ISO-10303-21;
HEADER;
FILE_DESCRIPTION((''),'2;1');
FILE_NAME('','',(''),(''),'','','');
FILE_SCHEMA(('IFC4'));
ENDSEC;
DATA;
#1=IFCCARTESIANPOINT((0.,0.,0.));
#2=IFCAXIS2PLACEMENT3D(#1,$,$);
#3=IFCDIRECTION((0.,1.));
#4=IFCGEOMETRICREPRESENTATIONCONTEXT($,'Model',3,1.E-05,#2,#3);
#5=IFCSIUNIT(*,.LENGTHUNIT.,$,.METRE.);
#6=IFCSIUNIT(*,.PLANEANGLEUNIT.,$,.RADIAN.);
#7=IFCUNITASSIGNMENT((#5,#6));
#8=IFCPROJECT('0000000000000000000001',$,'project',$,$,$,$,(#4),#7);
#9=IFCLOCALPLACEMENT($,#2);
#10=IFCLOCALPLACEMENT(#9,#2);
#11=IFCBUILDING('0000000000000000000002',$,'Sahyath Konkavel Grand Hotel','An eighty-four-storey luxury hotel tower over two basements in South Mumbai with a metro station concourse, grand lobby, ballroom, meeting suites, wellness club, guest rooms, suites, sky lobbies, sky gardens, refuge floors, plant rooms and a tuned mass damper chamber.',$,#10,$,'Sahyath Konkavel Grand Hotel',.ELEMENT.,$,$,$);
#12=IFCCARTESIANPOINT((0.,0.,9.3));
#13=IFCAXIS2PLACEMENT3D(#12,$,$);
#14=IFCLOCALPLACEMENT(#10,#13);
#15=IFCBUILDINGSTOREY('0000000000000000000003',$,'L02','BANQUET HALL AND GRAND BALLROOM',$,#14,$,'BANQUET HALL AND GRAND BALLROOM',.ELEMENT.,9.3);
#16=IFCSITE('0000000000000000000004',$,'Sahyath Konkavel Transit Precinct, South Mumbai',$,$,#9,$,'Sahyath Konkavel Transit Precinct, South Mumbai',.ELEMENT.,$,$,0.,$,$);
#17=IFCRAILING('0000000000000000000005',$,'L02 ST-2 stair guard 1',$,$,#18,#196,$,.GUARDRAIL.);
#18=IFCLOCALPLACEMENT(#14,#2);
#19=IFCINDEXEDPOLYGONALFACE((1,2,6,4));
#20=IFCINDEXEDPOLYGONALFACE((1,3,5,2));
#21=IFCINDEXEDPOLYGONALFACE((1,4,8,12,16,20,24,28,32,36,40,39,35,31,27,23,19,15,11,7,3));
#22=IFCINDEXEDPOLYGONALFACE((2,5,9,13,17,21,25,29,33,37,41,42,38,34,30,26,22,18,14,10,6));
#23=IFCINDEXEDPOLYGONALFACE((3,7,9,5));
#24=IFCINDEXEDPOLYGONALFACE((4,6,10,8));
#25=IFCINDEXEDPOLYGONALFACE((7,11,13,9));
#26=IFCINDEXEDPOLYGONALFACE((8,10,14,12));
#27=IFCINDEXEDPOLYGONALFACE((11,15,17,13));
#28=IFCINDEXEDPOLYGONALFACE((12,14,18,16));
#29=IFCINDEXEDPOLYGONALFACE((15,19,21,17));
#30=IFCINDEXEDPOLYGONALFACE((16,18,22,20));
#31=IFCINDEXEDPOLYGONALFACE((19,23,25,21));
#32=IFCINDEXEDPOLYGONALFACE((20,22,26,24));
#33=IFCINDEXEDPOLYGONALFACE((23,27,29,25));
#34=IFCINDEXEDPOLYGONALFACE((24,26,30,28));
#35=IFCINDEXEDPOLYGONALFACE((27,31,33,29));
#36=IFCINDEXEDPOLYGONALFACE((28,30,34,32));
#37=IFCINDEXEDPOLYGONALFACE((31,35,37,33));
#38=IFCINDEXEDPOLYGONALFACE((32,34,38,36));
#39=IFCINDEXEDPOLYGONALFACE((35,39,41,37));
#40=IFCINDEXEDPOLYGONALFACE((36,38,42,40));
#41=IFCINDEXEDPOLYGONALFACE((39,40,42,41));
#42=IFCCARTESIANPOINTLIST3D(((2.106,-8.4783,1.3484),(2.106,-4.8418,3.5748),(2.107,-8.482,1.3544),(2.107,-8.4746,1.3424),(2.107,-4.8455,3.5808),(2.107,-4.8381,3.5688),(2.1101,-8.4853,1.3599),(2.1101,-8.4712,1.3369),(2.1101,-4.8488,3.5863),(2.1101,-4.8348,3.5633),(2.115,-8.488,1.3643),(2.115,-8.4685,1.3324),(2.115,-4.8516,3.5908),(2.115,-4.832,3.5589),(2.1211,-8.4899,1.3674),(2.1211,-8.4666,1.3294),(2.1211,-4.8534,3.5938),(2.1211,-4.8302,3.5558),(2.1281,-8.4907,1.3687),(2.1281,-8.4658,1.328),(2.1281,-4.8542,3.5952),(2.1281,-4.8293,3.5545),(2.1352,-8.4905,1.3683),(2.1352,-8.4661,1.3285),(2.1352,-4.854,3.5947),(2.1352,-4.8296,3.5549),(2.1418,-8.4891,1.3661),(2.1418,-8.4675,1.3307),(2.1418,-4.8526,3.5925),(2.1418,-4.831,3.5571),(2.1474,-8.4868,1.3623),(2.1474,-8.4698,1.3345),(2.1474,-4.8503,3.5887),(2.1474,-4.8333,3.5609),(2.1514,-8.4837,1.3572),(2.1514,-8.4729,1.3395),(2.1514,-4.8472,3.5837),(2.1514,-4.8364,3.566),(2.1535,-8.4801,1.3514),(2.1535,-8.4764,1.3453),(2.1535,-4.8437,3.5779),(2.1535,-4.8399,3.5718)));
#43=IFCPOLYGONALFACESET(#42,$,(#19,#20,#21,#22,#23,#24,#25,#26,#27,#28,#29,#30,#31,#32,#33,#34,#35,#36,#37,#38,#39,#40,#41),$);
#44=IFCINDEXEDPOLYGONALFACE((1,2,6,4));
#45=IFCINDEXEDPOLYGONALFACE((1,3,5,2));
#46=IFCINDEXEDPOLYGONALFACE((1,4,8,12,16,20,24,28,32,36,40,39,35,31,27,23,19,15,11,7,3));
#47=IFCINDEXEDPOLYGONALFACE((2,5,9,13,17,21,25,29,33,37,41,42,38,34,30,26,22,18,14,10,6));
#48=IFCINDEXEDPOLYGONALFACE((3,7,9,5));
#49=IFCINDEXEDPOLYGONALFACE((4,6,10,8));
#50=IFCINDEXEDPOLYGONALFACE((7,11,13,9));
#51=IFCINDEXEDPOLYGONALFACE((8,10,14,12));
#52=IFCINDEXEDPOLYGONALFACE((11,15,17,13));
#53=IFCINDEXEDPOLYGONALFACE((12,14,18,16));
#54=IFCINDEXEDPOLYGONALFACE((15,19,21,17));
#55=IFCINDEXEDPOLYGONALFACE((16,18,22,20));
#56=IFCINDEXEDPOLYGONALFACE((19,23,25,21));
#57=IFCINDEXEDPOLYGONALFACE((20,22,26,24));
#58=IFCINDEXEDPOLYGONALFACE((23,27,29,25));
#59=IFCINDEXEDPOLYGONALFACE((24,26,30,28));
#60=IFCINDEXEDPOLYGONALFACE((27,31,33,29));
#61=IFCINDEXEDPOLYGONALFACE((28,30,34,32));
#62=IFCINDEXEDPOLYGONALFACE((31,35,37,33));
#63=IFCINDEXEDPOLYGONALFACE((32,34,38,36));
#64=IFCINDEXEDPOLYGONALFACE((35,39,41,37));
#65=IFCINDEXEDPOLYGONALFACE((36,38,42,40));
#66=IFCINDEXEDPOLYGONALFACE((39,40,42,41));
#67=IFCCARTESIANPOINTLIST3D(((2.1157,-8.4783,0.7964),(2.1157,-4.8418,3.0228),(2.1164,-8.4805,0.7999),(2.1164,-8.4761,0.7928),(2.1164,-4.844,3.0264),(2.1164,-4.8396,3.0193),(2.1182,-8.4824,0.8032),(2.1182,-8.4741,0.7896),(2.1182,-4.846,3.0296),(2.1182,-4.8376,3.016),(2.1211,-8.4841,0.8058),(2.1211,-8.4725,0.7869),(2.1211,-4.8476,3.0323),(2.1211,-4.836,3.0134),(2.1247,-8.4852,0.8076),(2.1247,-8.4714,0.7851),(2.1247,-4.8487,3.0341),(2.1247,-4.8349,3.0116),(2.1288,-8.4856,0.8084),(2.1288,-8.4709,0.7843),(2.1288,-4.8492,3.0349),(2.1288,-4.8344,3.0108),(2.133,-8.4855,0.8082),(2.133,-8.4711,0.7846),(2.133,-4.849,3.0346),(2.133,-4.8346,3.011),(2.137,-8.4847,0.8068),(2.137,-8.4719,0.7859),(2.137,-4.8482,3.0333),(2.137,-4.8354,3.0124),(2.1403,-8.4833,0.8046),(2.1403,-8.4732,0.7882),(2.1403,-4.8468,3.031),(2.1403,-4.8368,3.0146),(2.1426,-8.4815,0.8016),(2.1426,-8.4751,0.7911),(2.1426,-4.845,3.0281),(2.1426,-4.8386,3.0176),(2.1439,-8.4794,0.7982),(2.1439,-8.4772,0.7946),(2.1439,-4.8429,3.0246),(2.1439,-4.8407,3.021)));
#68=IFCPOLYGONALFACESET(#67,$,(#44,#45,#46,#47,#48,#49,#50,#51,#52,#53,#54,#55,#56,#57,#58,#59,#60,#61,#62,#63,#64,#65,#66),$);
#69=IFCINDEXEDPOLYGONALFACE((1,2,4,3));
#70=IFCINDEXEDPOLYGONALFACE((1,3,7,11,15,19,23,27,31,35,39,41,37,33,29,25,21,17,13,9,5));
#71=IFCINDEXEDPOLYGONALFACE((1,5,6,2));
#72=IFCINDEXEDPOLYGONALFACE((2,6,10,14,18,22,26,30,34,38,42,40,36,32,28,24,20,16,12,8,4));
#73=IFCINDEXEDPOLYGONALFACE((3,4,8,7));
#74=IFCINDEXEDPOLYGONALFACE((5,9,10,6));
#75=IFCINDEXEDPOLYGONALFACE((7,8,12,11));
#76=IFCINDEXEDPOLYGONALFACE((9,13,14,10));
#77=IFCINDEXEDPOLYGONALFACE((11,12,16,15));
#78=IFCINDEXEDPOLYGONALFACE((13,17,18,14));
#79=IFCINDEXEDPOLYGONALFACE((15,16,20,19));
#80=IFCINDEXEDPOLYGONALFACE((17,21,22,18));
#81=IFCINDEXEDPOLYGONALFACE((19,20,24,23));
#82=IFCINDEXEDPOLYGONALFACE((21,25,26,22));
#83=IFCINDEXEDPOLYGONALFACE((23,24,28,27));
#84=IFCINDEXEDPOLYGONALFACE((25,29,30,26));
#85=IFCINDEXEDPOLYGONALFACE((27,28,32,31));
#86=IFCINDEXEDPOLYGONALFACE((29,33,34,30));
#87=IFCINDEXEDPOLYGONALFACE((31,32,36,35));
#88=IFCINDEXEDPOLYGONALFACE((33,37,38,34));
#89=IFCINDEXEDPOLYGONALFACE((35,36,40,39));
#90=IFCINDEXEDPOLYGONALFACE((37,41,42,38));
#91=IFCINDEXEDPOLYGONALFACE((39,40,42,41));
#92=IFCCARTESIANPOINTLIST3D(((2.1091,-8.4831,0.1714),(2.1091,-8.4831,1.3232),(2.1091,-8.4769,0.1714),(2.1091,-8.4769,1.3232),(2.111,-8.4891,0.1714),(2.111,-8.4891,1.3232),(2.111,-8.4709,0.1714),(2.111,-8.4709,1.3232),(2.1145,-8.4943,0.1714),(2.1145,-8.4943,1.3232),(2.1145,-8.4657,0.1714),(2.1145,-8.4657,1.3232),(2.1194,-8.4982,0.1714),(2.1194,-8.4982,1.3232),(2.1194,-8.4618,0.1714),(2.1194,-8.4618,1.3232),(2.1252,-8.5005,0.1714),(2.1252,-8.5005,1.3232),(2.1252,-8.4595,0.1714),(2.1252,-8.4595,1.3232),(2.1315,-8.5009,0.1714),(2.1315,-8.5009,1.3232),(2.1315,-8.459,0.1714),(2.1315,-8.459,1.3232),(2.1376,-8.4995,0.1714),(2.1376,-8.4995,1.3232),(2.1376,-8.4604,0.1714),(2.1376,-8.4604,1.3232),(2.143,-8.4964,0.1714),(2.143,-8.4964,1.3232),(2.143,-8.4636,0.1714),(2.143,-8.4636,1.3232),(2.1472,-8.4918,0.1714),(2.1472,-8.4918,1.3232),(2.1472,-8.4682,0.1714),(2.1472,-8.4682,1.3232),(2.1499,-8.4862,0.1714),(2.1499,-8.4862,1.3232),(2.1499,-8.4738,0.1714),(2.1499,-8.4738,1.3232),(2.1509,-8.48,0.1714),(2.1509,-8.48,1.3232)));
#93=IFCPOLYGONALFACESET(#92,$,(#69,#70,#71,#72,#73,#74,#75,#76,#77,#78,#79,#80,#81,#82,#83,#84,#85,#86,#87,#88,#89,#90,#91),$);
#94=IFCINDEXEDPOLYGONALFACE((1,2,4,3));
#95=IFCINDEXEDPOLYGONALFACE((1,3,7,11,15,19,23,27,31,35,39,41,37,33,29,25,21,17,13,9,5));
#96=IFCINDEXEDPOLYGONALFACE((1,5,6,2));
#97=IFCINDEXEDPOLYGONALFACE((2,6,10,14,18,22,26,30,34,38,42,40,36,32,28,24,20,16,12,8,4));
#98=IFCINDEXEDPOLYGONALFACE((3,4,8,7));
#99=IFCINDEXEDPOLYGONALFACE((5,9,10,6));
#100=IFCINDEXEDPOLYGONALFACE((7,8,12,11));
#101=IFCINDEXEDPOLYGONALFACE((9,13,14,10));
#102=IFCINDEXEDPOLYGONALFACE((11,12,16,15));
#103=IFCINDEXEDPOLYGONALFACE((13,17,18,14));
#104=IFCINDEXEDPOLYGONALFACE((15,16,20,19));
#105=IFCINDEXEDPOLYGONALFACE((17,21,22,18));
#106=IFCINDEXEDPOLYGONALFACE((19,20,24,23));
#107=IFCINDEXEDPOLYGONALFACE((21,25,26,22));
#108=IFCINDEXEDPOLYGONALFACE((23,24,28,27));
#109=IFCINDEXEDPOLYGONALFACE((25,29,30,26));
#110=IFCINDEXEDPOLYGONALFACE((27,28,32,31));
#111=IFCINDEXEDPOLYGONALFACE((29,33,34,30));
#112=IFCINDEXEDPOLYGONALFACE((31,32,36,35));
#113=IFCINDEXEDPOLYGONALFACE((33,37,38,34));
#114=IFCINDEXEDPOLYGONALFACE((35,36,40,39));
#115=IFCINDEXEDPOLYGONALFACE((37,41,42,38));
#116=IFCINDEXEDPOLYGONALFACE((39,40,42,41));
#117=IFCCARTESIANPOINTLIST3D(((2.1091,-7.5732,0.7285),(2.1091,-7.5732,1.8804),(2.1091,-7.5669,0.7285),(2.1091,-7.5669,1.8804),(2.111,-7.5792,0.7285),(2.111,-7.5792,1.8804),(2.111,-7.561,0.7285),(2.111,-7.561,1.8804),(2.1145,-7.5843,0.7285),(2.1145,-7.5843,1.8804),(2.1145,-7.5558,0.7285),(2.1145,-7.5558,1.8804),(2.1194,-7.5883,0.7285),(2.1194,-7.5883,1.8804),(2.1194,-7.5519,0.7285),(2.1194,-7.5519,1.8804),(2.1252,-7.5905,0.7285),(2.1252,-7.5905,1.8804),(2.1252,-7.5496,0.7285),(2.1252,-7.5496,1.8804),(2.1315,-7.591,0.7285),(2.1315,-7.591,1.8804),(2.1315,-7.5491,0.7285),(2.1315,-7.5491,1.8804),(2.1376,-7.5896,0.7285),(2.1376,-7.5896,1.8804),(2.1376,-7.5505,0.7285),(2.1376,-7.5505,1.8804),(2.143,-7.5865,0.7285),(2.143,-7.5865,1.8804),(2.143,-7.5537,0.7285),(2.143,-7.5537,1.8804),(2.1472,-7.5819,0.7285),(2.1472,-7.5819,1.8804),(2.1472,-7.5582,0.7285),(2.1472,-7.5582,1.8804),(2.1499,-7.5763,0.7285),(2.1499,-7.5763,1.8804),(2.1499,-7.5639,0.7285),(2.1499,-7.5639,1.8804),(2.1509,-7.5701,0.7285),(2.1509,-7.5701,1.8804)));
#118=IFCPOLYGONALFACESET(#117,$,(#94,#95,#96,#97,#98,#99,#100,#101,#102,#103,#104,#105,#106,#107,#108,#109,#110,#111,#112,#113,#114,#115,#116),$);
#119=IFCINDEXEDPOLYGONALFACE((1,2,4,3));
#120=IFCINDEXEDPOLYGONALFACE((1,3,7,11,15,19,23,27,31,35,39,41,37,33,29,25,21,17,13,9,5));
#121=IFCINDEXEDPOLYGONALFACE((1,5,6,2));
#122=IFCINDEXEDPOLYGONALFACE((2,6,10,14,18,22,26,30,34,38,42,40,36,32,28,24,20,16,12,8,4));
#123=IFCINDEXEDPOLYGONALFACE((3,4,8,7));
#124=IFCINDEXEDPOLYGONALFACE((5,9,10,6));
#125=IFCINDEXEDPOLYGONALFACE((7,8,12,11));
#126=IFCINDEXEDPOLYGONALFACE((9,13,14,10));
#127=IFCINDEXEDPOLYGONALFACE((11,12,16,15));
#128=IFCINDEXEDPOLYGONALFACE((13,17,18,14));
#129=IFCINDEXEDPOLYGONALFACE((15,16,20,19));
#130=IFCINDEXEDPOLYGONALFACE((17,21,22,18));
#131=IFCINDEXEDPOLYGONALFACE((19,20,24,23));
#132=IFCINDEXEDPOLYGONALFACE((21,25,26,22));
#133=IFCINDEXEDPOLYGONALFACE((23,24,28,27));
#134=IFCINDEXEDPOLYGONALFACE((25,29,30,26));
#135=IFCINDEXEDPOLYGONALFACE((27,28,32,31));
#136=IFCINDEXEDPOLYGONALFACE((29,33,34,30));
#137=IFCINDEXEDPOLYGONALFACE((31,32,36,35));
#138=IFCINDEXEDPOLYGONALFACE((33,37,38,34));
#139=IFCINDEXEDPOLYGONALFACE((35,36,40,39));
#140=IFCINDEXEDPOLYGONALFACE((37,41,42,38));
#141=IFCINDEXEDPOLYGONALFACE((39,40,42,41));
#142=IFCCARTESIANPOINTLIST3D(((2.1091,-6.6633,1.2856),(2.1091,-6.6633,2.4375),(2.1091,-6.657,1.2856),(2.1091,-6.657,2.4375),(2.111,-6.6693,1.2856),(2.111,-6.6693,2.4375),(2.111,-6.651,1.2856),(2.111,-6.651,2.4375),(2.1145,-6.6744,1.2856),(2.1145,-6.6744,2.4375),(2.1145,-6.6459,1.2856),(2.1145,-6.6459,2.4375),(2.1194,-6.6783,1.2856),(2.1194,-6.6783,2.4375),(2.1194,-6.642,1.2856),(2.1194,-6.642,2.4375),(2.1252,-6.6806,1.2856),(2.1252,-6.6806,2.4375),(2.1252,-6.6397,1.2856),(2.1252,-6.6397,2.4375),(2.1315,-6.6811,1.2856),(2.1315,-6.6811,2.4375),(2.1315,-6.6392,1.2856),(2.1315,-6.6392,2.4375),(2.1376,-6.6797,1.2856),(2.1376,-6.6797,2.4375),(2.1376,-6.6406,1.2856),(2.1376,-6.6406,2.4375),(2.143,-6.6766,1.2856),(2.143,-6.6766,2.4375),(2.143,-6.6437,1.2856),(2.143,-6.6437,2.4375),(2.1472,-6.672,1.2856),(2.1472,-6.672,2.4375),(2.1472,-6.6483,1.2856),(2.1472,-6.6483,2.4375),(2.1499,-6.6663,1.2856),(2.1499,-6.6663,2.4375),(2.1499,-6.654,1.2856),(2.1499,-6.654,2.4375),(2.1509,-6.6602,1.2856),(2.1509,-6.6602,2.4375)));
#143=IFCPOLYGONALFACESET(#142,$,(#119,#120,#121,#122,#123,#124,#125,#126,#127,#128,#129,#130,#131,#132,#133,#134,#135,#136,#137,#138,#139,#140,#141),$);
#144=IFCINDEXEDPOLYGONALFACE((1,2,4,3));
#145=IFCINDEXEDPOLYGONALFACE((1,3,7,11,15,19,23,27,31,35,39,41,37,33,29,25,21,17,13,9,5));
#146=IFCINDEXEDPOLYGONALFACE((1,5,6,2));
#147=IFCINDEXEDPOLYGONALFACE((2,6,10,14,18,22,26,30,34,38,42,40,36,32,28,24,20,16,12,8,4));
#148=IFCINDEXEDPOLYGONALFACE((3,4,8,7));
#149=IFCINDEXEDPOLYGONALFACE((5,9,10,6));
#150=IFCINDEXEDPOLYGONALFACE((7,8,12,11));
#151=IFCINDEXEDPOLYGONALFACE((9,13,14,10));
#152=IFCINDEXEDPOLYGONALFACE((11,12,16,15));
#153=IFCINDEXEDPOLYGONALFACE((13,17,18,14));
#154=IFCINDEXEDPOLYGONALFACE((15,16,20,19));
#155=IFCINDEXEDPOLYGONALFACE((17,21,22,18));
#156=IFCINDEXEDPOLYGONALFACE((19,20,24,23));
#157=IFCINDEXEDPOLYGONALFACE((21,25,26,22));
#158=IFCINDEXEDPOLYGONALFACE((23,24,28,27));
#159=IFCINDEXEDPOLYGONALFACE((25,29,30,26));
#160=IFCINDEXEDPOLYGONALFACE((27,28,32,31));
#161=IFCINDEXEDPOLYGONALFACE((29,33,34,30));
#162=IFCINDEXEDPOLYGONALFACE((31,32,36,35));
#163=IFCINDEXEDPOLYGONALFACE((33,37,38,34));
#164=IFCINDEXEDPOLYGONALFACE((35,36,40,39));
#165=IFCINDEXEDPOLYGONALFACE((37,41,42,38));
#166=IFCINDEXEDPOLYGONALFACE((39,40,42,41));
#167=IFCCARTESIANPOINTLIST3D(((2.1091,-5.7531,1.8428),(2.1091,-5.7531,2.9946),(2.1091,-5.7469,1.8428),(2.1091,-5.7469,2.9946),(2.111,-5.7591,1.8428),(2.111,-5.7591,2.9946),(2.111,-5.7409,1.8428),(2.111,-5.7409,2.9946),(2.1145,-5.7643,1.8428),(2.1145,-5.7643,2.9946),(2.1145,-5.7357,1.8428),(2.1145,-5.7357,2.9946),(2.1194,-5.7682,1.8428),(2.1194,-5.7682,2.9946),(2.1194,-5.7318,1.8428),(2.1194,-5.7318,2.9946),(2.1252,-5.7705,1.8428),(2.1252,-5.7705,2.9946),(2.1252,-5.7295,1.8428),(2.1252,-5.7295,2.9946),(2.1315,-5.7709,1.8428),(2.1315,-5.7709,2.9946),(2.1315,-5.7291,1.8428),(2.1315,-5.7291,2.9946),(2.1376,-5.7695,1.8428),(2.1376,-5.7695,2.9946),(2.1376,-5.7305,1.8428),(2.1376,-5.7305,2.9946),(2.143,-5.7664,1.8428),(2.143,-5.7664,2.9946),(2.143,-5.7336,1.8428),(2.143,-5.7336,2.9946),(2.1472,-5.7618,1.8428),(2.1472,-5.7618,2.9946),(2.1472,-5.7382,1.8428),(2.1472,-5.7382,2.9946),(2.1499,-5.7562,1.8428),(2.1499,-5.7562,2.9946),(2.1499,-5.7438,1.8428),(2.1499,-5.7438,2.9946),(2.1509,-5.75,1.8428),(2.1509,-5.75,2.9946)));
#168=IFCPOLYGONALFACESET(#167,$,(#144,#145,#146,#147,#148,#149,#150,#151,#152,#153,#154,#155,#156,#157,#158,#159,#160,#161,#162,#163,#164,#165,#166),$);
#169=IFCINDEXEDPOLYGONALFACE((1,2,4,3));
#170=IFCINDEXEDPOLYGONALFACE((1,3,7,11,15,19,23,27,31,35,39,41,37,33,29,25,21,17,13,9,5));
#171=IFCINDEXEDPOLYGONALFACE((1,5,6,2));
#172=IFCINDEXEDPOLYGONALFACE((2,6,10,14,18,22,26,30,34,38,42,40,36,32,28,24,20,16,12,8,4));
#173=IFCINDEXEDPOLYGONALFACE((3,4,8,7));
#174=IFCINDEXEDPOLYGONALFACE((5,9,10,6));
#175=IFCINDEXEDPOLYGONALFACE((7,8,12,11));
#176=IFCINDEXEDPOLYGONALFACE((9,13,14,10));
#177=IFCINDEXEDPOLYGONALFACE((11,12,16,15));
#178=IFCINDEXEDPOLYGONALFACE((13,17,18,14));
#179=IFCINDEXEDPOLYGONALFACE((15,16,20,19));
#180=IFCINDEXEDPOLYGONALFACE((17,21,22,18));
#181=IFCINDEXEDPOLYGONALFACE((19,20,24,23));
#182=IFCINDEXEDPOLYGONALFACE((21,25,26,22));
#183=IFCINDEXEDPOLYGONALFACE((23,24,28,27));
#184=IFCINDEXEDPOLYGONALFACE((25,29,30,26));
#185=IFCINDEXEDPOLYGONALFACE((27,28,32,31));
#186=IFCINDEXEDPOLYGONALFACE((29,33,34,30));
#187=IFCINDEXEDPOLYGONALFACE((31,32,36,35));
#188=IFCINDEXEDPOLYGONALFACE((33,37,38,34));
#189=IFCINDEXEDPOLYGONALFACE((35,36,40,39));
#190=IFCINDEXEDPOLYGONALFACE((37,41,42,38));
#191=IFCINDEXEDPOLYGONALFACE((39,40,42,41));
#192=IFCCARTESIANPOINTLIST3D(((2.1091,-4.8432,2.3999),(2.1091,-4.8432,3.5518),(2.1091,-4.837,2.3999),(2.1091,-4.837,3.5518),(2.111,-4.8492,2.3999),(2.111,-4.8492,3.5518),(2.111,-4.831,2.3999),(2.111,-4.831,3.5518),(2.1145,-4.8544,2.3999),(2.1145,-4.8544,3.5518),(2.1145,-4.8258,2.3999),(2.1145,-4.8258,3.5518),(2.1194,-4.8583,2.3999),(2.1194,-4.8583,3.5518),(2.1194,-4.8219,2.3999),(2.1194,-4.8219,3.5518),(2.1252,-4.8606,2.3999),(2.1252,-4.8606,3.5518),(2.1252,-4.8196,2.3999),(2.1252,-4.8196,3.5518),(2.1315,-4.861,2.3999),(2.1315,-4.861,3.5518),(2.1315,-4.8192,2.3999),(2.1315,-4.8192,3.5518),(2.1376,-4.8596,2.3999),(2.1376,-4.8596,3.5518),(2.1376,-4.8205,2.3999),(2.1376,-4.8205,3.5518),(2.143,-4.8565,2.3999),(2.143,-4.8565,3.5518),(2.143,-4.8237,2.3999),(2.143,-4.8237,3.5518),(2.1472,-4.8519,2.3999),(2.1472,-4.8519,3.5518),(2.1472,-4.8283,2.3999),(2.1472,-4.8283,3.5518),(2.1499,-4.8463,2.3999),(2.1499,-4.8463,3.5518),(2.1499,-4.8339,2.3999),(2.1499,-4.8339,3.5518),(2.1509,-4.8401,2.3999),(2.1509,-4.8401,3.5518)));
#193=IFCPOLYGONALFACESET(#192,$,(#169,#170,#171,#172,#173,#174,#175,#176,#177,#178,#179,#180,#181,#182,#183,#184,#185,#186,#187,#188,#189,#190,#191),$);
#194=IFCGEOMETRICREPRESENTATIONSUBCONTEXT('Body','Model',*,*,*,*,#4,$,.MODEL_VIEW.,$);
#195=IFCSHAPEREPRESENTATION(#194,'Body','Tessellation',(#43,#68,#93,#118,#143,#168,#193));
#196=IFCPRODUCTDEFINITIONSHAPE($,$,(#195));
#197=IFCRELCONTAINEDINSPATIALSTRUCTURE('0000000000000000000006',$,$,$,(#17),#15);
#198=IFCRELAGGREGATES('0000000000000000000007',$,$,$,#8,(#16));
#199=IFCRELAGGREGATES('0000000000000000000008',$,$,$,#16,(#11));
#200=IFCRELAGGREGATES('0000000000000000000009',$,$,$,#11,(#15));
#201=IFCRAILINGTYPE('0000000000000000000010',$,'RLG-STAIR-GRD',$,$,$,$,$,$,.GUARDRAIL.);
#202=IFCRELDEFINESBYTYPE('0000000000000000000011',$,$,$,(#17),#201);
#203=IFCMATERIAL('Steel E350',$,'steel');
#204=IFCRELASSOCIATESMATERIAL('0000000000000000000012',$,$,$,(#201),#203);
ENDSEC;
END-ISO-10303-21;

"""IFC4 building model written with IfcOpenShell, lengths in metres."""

from ifc_helpers import new_model, si_unit, direction, frame, origin, origin_2d, place, context, subcontext, project, spatial, circle, extrude, material, type_object, element, save


model = new_model("IFC4")

# Units and contexts
model_context = context("Model", 3, precision=1e-05, world=origin(), true_north=direction((0.0, 1.0)))
body_context = subcontext(model_context, "Body", "Model", "MODEL_VIEW")
ifc_project = project(units=[si_unit("LENGTHUNIT", "METRE"), si_unit("PLANEANGLEUNIT", "RADIAN")], contexts=[model_context])

# Site, building, storey
site_placement = place(None, origin())
site = spatial("IfcSite", under=ifc_project, at=site_placement, Name="Sahyath Konkavel Transit Precinct, South Mumbai", LongName="Sahyath Konkavel Transit Precinct, South Mumbai", CompositionType="ELEMENT", RefElevation=0.0)
building_placement = place(site_placement, origin())
building = spatial("IfcBuilding", under=site, at=building_placement, Name="Sahyath Konkavel Grand Hotel", Description="An eighty-four-storey luxury hotel tower over two basements in South Mumbai with a metro station concourse, grand lobby, ballroom, meeting suites, wellness club, guest rooms, suites, sky lobbies, sky gardens, refuge floors, plant rooms and a tuned mass damper chamber.", LongName="Sahyath Konkavel Grand Hotel", CompositionType="ELEMENT")
storey_placement = place(building_placement, frame((0.0, 0.0, 9.3)))
storey = spatial("IfcBuildingStorey", under=building, at=storey_placement, Name="L02", Description="BANQUET HALL AND GRAND BALLROOM", LongName="BANQUET HALL AND GRAND BALLROOM", CompositionType="ELEMENT", Elevation=9.3)

# Shared definitions
ifc_material_1 = material(Name="Steel E350", Category="steel")

# Railing
railing_type_1 = type_object("IfcRailingType", Name="RLG-STAIR-GRD", PredefinedType="GUARDRAIL", material=ifc_material_1)
railing_1_placement = place(storey_placement, frame((2.1299, -8.48, 0.1714)))
element("IfcRailing", 1, at=railing_1_placement, inside=storey, type_object=railing_type_1, Name="L02 ST-2 stair guard 1", PredefinedType="GUARDRAIL", context=body_context, shape_type="SweptSolid", body=[
    extrude(circle(Radius=0.0239, at=origin_2d()), frame((0.0, 0.0017, 1.177), z_axis=(0.0, 0.85285, 0.522156), x_axis=(-1.0, 0.0, 0.0)), (0.0, 0.0, 1.0), 4.2639),
    extrude(circle(Radius=0.0142, at=origin_2d()), frame((0.0, 0.0017, 0.625), z_axis=(0.0, 0.85285, 0.522156), x_axis=(-1.0, 0.0, 0.0)), (0.0, 0.0, 1.0), 4.2639),
    extrude(circle(Radius=0.021, at=origin_2d()), origin(), (0.0, 0.0, 1.0), 1.1519),
    extrude(circle(Radius=0.021, at=origin_2d()), frame((0.0, 0.9099, 0.5571)), (0.0, 0.0, 1.0), 1.1519),
    extrude(circle(Radius=0.021, at=origin_2d()), frame((0.0, 1.8198, 1.1143)), (0.0, 0.0, 1.0), 1.1519),
    extrude(circle(Radius=0.021, at=origin_2d()), frame((0.0, 2.73, 1.6714)), (0.0, 0.0, 1.0), 1.1519),
    extrude(circle(Radius=0.021, at=origin_2d()), frame((0.0, 3.6399, 2.2285)), (0.0, 0.0, 1.0), 1.1519),
])

save(model, "model.ifc")
